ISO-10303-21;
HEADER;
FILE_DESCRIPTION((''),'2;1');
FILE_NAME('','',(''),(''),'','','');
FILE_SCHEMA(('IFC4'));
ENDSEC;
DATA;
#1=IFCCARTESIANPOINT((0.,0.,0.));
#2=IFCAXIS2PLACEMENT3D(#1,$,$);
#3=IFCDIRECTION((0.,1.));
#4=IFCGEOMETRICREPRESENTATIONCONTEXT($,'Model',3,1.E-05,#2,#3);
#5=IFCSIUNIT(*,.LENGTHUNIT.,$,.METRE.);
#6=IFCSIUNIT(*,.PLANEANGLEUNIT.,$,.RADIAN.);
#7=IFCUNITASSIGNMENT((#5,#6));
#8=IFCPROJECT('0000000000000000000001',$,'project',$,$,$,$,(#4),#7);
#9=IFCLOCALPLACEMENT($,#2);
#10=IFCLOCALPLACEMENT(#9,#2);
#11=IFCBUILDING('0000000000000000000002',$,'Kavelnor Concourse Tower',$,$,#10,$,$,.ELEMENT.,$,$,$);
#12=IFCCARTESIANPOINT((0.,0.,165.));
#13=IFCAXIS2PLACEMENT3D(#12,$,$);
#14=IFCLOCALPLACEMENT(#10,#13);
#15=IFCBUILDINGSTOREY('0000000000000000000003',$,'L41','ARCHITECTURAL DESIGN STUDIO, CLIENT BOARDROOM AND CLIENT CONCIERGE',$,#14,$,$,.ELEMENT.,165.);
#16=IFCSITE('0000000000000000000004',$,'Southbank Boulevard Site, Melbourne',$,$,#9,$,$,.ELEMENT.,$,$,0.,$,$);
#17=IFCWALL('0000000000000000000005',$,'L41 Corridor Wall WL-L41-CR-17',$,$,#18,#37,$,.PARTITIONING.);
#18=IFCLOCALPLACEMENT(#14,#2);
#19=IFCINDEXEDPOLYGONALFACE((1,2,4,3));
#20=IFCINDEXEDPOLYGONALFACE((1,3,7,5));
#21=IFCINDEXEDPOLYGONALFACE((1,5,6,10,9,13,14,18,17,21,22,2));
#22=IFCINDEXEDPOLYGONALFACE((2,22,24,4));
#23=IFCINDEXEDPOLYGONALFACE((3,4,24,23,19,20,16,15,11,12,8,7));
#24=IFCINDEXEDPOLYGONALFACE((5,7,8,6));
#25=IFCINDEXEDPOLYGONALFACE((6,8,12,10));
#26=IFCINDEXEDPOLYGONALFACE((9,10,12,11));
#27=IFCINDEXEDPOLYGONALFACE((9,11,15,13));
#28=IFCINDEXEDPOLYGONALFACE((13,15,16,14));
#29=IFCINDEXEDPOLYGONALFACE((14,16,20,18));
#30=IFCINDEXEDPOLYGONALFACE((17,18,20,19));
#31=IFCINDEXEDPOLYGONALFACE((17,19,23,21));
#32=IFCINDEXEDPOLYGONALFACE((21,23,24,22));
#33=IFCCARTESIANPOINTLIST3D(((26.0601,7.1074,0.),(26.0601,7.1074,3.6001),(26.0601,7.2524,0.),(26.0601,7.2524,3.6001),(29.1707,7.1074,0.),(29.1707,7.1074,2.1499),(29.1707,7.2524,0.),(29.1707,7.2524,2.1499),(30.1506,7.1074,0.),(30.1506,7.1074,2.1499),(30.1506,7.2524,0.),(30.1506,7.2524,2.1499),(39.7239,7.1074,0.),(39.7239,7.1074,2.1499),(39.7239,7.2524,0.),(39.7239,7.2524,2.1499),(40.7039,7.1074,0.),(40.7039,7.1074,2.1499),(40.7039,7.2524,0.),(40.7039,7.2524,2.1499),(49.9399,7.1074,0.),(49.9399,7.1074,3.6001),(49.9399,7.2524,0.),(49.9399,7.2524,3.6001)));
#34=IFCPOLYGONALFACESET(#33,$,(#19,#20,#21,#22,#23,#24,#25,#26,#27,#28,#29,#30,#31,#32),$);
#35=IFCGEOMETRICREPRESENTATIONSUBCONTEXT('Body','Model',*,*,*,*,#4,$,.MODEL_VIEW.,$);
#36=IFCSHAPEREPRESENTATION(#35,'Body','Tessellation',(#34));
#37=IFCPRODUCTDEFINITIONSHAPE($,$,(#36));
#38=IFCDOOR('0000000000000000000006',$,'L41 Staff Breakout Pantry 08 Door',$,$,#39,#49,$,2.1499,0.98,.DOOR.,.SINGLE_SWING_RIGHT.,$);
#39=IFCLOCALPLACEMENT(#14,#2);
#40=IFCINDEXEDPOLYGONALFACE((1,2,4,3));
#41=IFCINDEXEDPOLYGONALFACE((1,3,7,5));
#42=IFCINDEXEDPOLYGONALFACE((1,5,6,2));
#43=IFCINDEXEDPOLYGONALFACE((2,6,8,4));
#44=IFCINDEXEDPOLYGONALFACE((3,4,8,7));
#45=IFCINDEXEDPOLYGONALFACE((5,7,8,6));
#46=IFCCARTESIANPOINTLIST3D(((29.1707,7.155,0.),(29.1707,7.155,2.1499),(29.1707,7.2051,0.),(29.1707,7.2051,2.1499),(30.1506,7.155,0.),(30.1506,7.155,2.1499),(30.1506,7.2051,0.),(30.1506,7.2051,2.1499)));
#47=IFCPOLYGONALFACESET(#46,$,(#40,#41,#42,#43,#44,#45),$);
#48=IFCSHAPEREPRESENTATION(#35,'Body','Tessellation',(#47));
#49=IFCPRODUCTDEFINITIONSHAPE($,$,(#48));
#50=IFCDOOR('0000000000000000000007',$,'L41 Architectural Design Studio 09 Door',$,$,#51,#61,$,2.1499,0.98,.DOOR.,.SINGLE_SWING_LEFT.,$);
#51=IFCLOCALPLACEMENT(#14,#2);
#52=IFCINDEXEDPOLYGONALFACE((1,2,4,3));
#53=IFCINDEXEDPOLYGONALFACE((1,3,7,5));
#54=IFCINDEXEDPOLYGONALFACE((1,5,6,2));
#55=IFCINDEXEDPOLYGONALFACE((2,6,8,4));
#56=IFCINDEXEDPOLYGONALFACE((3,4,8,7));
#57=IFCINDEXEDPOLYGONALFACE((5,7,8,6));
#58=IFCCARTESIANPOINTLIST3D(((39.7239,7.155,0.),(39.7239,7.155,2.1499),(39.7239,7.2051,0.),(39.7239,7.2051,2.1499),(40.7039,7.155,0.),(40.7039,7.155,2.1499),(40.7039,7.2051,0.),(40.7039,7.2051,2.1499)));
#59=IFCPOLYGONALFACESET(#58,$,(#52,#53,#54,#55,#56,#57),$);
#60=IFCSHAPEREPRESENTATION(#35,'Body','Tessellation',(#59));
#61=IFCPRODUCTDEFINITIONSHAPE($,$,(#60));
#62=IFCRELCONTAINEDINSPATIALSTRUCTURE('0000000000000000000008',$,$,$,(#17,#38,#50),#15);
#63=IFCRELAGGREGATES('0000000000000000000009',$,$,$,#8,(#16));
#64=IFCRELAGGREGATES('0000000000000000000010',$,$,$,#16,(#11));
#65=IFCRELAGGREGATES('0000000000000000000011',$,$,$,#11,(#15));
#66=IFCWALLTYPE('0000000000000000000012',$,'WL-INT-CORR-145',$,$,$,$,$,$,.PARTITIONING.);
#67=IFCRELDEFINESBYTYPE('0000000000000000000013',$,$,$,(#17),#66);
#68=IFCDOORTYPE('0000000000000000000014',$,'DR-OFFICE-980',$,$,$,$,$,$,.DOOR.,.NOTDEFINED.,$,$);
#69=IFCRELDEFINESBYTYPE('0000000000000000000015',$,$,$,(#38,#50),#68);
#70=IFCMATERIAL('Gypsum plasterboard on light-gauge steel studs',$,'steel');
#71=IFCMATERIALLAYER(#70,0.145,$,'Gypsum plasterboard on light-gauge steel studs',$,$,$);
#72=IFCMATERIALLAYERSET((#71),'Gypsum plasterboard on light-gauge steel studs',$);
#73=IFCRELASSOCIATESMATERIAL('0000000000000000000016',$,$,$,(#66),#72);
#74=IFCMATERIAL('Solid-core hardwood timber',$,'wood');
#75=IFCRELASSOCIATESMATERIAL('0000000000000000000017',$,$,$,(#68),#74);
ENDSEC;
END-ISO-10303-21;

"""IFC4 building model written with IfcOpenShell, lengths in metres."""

from ifc_helpers import new_model, si_unit, direction, frame, frame_2d, origin, place, context, subcontext, project, spatial, rectangle, extrude, material, layer, layer_set, type_object, element, fill, save


model = new_model("IFC4")

# Units and contexts
model_context = context("Model", 3, precision=1e-05, world=origin(), true_north=direction((0.0, 1.0)))
body_context = subcontext(model_context, "Body", "Model", "MODEL_VIEW")
ifc_project = project(units=[si_unit("LENGTHUNIT", "METRE"), si_unit("PLANEANGLEUNIT", "RADIAN")], contexts=[model_context])

# Site, building, storey
site_placement = place(None, origin())
site = spatial("IfcSite", under=ifc_project, at=site_placement, Name="Southbank Boulevard Site, Melbourne", CompositionType="ELEMENT", RefElevation=0.0)
building_placement = place(site_placement, origin())
building = spatial("IfcBuilding", under=site, at=building_placement, Name="Kavelnor Concourse Tower", CompositionType="ELEMENT")
storey_placement = place(building_placement, frame((0.0, 0.0, 165.0)))
storey = spatial("IfcBuildingStorey", under=building, at=storey_placement, Name="L41", Description="ARCHITECTURAL DESIGN STUDIO, CLIENT BOARDROOM AND CLIENT CONCIERGE", CompositionType="ELEMENT", Elevation=165.0)

# Shared definitions
ifc_material_1 = material(Name="Gypsum plasterboard on light-gauge steel studs", Category="steel")
ifc_layer_1 = layer(ifc_material_1, 0.145, Name="Gypsum plasterboard on light-gauge steel studs")
ifc_layer_set_1 = layer_set([ifc_layer_1], Name="Gypsum plasterboard on light-gauge steel studs")
wall_type_1 = type_object("IfcWallType", Name="WL-INT-CORR-145", PredefinedType="PARTITIONING", material=ifc_layer_set_1)

# Wall, openings, doors
wall_1_placement = place(storey_placement, frame((49.9399, 7.1799, 0.0), z_axis=(0.0, 0.0, 1.0), x_axis=(-1.0, 0.0, 0.0)))
wall_1 = element("IfcWall", 1, at=wall_1_placement, inside=storey, type_object=wall_type_1, Name="L41 Corridor Wall WL-L41-CR-17", PredefinedType="PARTITIONING", context=body_context, shape_type="SweptSolid", body=[
    extrude(rectangle(XDim=23.8799, YDim=0.145, at=frame_2d((11.9399, 0.0))), origin(), (0.0, 0.0, 1.0), 3.6001),
])
opening_1_placement = place(wall_1_placement, frame((19.7893, 0.0, 0.0)))
opening_1 = element("IfcOpeningElement", 2, at=opening_1_placement, cuts=wall_1, PredefinedType="OPENING", context=body_context, shape_type="SweptSolid", body=[
    extrude(rectangle(XDim=0.98, YDim=2.1499, at=frame_2d((0.49, 1.075))), frame((0.0, 0.0825, 0.0), z_axis=(0.0, -1.0, 0.0), x_axis=(1.0, 0.0, 0.0)), (0.0, 0.0, 1.0), 0.165),
])
opening_2_placement = place(wall_1_placement, frame((9.2361, 0.0, 0.0)))
opening_2 = element("IfcOpeningElement", 3, at=opening_2_placement, cuts=wall_1, PredefinedType="OPENING", context=body_context, shape_type="SweptSolid", body=[
    extrude(rectangle(XDim=0.98, YDim=2.1499, at=frame_2d((0.49, 1.075))), frame((0.0, 0.0825, 0.0), z_axis=(0.0, -1.0, 0.0), x_axis=(1.0, 0.0, 0.0)), (0.0, 0.0, 1.0), 0.165),
])
ifc_material_2 = material(Name="Solid-core hardwood timber", Category="wood")
door_type_1 = type_object("IfcDoorType", Name="DR-OFFICE-980", OperationType="NOTDEFINED", PredefinedType="DOOR", material=ifc_material_2)
door_1_placement = place(opening_1_placement, origin())
door_1 = element("IfcDoor", 4, at=door_1_placement, inside=storey, type_object=door_type_1, Name="L41 Staff Breakout Pantry 08 Door", OperationType="SINGLE_SWING_RIGHT", OverallHeight=2.1499, OverallWidth=0.98, PredefinedType="DOOR", context=body_context, shape_type="SweptSolid", body=[
    extrude(rectangle(XDim=0.98, YDim=2.1499, at=frame_2d((0.49, 1.075))), frame((0.0, 0.0249, 0.0), z_axis=(0.0, -1.0, 0.0), x_axis=(1.0, 0.0, 0.0)), (0.0, 0.0, 1.0), 0.05),
])
fill(opening_1, door_1)
door_2_placement = place(opening_2_placement, origin())
door_2 = element("IfcDoor", 5, at=door_2_placement, inside=storey, type_object=door_type_1, Name="L41 Architectural Design Studio 09 Door", OperationType="SINGLE_SWING_LEFT", OverallHeight=2.1499, OverallWidth=0.98, PredefinedType="DOOR", context=body_context, shape_type="SweptSolid", body=[
    extrude(rectangle(XDim=0.98, YDim=2.1499, at=frame_2d((0.49, 1.075))), frame((0.0, 0.0249, 0.0), z_axis=(0.0, -1.0, 0.0), x_axis=(1.0, 0.0, 0.0)), (0.0, 0.0, 1.0), 0.05),
])
fill(opening_2, door_2)

save(model, "model.ifc")
